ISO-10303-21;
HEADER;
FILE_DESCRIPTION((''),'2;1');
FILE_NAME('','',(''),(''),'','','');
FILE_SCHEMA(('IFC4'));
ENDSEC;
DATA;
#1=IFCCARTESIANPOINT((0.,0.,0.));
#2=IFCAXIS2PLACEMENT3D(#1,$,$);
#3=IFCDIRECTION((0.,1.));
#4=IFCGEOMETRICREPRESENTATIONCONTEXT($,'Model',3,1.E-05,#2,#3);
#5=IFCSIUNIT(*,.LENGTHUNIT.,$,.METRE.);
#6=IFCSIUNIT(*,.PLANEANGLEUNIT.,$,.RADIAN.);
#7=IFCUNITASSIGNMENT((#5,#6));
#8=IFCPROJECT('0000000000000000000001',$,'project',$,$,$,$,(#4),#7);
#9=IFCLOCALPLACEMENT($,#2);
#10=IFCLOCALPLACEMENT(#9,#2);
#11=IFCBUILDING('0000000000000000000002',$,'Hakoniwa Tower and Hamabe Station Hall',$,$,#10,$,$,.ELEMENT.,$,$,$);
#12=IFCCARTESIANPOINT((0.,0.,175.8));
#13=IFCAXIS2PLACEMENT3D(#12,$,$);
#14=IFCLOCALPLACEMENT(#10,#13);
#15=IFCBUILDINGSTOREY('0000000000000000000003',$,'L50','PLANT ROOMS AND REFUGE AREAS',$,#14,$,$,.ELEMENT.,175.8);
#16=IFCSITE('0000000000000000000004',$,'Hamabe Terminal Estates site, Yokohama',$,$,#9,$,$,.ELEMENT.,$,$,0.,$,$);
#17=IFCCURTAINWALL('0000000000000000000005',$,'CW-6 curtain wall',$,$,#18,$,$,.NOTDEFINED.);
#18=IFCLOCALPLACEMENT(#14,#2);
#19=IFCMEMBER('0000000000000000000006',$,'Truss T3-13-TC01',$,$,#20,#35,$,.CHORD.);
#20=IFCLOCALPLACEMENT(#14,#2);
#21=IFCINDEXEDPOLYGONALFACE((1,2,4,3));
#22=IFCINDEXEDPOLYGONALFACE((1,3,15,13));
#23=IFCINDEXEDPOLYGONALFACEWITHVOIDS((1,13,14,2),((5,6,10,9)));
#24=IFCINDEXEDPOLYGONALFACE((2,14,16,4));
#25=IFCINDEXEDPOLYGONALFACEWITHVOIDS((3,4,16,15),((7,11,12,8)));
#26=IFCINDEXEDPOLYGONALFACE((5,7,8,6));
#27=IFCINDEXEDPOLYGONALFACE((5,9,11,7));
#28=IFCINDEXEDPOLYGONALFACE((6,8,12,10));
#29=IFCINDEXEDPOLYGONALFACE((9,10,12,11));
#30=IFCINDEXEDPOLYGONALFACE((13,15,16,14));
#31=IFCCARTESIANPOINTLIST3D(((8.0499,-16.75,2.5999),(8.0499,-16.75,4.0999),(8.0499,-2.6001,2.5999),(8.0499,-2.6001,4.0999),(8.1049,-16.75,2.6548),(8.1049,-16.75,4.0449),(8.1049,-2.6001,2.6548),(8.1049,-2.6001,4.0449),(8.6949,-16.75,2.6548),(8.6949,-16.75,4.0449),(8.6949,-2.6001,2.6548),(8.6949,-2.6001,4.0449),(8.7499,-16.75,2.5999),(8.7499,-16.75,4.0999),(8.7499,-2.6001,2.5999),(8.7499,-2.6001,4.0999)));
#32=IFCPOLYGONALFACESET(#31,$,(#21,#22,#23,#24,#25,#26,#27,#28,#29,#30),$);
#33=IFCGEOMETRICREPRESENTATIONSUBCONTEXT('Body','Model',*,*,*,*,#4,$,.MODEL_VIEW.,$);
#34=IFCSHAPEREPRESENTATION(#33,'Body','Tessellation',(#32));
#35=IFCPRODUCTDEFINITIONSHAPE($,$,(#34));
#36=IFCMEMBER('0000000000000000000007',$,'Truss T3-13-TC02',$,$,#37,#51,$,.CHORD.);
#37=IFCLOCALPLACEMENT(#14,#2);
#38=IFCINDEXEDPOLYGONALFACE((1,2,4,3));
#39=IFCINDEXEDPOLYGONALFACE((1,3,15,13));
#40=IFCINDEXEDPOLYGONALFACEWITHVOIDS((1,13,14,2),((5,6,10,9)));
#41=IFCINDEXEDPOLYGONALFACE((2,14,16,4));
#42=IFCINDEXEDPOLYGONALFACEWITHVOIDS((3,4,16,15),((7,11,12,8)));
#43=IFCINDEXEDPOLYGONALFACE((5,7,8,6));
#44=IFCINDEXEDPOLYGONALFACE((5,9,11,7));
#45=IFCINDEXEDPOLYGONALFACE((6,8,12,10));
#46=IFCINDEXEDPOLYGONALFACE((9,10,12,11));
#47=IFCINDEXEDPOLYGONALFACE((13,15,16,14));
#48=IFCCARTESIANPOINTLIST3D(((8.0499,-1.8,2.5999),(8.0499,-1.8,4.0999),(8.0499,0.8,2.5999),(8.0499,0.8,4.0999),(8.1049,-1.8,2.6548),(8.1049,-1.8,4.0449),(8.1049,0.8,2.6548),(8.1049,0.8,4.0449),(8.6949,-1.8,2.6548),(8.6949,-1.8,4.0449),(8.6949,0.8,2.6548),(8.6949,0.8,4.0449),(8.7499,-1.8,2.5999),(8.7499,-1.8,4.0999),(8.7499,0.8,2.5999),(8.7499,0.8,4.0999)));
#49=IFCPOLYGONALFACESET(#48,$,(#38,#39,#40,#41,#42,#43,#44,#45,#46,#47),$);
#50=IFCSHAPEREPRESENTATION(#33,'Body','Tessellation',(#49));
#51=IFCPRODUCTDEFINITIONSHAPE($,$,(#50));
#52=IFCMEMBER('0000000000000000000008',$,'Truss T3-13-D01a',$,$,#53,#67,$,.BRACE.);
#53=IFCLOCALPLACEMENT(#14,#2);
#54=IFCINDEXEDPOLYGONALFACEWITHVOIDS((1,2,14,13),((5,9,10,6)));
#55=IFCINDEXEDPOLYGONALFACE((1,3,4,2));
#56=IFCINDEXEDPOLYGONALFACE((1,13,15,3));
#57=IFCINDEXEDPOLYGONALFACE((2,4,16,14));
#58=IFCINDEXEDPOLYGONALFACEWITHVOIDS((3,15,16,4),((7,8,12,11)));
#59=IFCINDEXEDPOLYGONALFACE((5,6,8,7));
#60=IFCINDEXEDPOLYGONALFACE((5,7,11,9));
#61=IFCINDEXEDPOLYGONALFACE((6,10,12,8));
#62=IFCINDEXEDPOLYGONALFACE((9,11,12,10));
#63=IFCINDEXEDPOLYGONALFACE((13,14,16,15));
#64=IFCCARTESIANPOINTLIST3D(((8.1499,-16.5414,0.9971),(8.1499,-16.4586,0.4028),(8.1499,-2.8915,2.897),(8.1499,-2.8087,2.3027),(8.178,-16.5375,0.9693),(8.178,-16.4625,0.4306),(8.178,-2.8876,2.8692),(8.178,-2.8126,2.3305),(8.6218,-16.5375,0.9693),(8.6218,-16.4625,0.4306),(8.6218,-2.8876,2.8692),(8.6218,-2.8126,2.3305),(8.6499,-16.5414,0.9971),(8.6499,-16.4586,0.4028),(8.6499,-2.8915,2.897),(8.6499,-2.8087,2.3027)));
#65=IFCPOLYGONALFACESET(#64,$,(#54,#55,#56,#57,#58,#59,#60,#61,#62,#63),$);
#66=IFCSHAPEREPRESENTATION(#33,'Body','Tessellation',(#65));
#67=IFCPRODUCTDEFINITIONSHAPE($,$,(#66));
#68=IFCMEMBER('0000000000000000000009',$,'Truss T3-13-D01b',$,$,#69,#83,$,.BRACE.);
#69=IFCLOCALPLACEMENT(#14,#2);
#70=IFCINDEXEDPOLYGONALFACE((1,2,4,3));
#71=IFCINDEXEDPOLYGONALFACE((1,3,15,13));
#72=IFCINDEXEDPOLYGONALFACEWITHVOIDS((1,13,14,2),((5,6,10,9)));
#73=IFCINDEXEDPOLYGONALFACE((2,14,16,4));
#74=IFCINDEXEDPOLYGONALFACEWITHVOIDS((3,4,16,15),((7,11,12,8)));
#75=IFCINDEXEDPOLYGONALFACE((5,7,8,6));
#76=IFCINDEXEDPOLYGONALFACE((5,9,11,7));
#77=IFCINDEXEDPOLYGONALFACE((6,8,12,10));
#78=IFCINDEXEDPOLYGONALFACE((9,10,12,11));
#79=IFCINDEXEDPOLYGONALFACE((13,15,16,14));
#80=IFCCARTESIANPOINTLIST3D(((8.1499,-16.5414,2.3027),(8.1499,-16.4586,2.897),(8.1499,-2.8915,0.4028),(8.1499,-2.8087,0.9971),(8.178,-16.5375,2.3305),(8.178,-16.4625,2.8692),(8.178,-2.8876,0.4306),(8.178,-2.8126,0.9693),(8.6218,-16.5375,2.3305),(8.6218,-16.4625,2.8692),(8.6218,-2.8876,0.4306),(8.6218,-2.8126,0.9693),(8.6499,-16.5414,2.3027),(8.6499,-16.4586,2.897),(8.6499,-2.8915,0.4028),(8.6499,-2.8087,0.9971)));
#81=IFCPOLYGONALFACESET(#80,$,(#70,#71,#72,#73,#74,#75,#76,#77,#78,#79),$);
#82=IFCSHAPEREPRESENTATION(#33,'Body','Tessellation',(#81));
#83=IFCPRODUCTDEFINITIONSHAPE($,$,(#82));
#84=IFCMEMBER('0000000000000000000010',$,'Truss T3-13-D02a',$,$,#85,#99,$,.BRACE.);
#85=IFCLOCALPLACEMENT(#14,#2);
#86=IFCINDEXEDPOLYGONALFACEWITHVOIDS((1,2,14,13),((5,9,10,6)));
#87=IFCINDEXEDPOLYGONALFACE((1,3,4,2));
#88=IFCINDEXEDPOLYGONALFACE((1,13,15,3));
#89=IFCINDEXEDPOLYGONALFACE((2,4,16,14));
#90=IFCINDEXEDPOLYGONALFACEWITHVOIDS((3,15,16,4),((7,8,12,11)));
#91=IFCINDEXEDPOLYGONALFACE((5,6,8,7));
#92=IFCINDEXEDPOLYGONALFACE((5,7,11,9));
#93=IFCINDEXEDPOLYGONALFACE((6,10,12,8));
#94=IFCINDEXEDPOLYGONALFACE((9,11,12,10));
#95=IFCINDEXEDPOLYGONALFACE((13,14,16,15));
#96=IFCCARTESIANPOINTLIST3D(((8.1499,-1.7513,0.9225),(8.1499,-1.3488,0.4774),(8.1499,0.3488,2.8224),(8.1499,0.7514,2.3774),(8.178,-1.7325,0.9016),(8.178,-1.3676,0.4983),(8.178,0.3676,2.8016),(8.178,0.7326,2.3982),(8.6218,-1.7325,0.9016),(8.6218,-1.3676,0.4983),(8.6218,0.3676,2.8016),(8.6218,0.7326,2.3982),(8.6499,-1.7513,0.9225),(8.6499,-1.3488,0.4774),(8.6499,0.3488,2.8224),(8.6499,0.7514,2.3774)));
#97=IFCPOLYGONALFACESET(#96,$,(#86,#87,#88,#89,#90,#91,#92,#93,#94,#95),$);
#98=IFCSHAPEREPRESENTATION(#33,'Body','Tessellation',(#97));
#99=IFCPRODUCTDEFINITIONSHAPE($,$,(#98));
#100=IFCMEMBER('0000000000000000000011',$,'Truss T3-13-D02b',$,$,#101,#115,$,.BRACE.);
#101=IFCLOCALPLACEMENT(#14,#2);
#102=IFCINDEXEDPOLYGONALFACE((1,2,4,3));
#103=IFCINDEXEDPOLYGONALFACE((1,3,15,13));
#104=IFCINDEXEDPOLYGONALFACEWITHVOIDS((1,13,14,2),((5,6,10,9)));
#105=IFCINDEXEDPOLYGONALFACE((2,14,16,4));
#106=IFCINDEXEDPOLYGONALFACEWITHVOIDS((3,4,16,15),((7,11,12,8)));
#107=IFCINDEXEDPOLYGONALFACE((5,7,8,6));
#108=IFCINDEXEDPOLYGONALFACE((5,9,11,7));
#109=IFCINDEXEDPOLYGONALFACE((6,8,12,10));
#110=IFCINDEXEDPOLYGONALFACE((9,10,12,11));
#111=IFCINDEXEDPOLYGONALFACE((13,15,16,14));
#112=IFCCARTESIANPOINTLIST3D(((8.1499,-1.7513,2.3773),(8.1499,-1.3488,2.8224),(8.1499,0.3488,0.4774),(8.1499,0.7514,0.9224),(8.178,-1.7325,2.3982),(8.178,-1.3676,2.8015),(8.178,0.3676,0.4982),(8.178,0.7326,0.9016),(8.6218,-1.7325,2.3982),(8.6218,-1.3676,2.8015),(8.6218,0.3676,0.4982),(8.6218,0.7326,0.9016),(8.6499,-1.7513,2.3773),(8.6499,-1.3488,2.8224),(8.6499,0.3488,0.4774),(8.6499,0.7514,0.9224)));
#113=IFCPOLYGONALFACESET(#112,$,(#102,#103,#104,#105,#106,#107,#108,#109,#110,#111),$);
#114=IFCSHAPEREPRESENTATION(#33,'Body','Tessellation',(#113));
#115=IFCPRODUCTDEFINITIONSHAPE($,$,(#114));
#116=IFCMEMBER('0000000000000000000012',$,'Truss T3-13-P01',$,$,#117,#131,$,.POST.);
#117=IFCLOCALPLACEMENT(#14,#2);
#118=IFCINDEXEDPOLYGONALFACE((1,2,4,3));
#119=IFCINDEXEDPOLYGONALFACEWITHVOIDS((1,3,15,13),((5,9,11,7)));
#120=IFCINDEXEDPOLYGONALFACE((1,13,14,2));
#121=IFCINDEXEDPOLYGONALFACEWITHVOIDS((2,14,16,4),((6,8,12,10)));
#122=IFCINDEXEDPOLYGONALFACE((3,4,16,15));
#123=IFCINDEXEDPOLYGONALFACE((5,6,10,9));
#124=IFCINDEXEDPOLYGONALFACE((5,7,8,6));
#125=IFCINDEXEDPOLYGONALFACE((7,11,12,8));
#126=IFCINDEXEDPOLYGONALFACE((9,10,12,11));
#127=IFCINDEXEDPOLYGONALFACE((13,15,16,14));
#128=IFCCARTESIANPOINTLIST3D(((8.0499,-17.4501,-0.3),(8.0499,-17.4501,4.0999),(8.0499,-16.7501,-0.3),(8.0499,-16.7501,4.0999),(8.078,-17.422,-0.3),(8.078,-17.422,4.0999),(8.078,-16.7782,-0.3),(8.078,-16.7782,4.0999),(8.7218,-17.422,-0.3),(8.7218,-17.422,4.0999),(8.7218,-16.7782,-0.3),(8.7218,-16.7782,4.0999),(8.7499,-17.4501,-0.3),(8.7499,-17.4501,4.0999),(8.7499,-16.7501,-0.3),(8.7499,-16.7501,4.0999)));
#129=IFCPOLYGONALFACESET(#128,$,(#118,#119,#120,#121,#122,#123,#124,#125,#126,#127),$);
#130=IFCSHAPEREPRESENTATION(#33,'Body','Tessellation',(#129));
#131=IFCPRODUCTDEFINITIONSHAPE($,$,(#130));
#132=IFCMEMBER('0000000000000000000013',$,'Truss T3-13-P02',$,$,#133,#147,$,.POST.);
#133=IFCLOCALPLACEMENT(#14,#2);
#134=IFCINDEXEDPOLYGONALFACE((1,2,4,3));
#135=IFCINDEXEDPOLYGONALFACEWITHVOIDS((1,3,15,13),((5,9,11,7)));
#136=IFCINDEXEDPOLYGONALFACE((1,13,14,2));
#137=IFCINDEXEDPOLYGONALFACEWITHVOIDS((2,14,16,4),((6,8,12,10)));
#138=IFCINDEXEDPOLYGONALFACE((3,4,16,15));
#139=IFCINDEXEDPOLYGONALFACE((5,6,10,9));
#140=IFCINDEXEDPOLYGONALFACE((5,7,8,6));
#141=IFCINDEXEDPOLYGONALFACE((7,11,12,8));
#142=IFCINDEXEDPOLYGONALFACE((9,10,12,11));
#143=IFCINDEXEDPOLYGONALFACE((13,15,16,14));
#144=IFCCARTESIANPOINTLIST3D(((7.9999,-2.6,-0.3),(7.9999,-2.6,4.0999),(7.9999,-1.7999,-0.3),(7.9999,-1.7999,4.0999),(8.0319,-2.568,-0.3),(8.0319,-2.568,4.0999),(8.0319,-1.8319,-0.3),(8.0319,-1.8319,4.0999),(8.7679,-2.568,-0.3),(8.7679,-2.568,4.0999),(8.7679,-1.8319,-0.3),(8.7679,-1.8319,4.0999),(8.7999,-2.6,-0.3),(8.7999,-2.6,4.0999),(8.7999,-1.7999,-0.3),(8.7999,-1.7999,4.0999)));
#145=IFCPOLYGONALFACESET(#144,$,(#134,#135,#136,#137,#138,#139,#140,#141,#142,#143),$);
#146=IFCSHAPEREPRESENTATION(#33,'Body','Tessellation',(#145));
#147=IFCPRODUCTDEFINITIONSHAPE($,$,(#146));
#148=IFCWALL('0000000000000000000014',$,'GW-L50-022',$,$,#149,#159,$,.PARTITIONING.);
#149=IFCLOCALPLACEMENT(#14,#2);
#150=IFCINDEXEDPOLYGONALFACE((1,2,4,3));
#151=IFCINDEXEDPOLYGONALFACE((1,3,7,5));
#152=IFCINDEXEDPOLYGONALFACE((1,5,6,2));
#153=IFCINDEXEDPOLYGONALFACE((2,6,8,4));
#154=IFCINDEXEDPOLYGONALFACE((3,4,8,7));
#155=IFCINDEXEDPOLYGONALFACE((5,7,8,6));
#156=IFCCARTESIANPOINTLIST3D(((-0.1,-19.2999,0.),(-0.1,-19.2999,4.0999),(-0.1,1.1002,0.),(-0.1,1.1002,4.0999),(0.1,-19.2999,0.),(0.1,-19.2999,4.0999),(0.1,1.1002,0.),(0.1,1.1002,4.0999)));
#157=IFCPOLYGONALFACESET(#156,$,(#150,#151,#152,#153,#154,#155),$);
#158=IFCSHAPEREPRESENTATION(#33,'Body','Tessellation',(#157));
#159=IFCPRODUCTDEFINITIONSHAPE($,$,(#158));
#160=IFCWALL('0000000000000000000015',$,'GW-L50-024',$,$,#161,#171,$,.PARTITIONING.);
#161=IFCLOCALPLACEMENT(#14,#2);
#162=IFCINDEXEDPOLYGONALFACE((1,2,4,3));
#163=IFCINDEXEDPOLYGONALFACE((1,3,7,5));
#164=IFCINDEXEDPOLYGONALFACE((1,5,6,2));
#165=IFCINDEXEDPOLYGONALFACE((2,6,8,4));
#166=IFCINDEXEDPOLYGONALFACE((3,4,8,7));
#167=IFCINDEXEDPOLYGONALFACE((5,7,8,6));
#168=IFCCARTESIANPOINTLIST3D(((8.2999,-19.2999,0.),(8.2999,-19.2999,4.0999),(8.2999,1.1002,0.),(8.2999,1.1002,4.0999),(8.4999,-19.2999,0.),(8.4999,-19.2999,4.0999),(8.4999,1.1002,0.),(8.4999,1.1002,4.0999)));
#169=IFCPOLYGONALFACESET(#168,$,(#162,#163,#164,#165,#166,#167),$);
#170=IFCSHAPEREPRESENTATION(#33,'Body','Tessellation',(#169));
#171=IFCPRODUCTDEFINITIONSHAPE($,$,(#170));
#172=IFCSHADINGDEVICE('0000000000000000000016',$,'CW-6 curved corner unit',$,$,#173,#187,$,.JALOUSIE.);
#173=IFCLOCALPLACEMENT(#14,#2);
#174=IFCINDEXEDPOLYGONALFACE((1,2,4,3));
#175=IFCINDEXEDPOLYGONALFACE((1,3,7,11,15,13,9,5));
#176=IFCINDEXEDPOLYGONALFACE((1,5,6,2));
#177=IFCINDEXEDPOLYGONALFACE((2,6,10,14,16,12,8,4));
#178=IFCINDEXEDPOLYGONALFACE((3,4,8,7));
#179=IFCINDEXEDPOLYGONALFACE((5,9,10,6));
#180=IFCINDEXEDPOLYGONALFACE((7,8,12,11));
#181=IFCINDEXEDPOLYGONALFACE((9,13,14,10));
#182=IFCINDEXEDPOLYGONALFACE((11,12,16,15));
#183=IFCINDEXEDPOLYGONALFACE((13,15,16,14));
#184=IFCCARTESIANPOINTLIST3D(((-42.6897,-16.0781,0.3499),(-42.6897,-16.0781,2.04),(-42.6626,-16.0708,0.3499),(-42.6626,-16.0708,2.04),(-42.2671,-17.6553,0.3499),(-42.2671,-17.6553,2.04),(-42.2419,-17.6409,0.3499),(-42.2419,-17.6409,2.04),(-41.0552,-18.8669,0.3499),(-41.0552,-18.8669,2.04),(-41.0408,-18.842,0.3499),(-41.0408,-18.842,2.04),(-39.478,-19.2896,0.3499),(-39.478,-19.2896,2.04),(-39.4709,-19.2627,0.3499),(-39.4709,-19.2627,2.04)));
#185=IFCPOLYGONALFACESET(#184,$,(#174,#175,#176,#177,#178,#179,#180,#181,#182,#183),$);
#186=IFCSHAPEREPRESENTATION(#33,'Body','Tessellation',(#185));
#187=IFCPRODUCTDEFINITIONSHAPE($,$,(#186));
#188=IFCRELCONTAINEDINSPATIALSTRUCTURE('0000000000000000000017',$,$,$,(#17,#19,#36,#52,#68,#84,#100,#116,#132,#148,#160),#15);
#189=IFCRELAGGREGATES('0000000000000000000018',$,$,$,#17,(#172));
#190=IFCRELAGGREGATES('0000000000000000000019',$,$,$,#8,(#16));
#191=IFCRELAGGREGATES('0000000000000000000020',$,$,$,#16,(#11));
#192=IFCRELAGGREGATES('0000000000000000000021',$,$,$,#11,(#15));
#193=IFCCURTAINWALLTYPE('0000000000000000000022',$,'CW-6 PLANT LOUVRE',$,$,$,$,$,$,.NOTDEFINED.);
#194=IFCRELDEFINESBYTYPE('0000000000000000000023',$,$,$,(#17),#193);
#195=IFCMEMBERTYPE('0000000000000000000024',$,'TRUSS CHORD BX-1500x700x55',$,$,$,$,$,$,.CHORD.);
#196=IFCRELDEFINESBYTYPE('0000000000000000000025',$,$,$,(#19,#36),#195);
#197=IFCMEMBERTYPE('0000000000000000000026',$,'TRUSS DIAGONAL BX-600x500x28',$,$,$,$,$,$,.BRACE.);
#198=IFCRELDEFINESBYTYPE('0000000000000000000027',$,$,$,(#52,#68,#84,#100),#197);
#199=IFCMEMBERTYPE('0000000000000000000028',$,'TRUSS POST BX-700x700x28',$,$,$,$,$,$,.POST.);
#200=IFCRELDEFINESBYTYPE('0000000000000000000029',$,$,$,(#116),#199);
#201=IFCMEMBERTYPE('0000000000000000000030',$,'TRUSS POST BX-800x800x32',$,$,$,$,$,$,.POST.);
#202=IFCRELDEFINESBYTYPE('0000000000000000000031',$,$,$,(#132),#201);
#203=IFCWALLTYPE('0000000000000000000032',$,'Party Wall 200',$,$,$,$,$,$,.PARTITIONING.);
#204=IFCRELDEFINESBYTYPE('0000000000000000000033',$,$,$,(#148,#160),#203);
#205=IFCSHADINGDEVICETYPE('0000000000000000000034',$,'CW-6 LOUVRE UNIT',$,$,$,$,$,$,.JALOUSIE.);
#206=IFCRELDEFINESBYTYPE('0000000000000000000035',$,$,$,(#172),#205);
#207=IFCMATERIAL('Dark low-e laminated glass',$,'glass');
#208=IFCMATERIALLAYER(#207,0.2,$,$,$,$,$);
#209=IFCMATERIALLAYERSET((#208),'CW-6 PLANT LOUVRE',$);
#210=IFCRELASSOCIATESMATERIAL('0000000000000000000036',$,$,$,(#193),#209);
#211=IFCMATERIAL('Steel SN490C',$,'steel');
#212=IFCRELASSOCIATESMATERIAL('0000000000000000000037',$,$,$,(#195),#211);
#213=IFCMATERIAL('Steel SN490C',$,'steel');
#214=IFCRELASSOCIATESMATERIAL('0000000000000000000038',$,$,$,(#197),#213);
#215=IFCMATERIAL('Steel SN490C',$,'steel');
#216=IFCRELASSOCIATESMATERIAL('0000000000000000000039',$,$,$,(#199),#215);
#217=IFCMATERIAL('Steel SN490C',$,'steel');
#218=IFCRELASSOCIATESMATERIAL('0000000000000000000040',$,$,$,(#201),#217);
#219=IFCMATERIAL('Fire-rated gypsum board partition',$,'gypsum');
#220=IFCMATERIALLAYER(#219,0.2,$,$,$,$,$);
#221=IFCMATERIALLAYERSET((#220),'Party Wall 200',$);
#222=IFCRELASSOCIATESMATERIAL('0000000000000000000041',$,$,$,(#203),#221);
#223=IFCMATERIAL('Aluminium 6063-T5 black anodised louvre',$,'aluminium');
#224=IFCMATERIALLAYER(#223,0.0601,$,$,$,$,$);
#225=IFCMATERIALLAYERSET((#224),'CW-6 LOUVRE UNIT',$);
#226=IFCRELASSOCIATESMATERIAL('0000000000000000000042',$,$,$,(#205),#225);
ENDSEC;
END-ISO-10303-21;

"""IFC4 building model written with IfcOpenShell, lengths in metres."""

from ifc_helpers import new_model, si_unit, direction, frame, frame_2d, origin, origin_2d, place, context, subcontext, project, spatial, polyline, rectangle, hollow_rectangle, outline, extrude, material, layer, layer_set, material_profile, profile_set, type_object, element, aggregate, save


model = new_model("IFC4")

# Units and contexts
model_context = context("Model", 3, precision=1e-05, world=origin(), true_north=direction((0.0, 1.0)))
body_context = subcontext(model_context, "Body", "Model", "MODEL_VIEW")
ifc_project = project(units=[si_unit("LENGTHUNIT", "METRE"), si_unit("PLANEANGLEUNIT", "RADIAN")], contexts=[model_context])

# Site, building, storey
site_placement = place(None, origin())
site = spatial("IfcSite", under=ifc_project, at=site_placement, Name="Hamabe Terminal Estates site, Yokohama", CompositionType="ELEMENT", RefElevation=0.0)
building_placement = place(site_placement, origin())
building = spatial("IfcBuilding", under=site, at=building_placement, Name="Hakoniwa Tower and Hamabe Station Hall", CompositionType="ELEMENT")
storey_placement = place(building_placement, frame((0.0, 0.0, 175.8)))
storey = spatial("IfcBuildingStorey", under=building, at=storey_placement, Name="L50", Description="PLANT ROOMS AND REFUGE AREAS", CompositionType="ELEMENT", Elevation=175.8)

# Shared definitions
ifc_material_1 = material(Name="Dark low-e laminated glass", Category="glass")
ifc_layer_1 = layer(ifc_material_1, 0.2)
ifc_layer_set_1 = layer_set([ifc_layer_1], Name="CW-6 PLANT LOUVRE")
curtain_wall_type = type_object("IfcCurtainWallType", Name="CW-6 PLANT LOUVRE", PredefinedType="NOTDEFINED", material=ifc_layer_set_1)

# Curtain wall
curtain_wall_1_placement = place(storey_placement, origin())
curtain_wall_1 = element("IfcCurtainWall", 1, at=curtain_wall_1_placement, inside=storey, type_object=curtain_wall_type, Name="CW-6 curtain wall", PredefinedType="NOTDEFINED")

# Members
ifc_material_2 = material(Name="Steel SN490C", Category="steel")
ifc_material_profile_1 = material_profile(ifc_material_2, hollow_rectangle(XDim=0.7, YDim=1.5, WallThickness=0.0549, at=origin_2d()), Name="BX-1500x700x55")
ifc_profile_set_1 = profile_set([ifc_material_profile_1], Name="Steel SN490C")
member_type_1 = type_object("IfcMemberType", Name="TRUSS CHORD BX-1500x700x55", PredefinedType="CHORD", material=ifc_profile_set_1)
member_1_placement = place(storey_placement, frame((8.3999, -16.75, 3.3499), z_axis=(0.0, 1.0, 0.0), x_axis=(-1.0, 0.0, 0.0)))
element("IfcMember", 2, at=member_1_placement, inside=storey, type_object=member_type_1, Name="Truss T3-13-TC01", PredefinedType="CHORD", context=body_context, shape_type="SweptSolid", body=[
    extrude(hollow_rectangle(XDim=0.7, YDim=1.5, WallThickness=0.0549, at=origin_2d()), origin(), (0.0, 0.0, 1.0), 14.1499),
])
member_2_placement = place(storey_placement, frame((8.3999, -1.8, 3.3499), z_axis=(0.0, 1.0, 0.0), x_axis=(-1.0, 0.0, 0.0)))
element("IfcMember", 3, at=member_2_placement, inside=storey, type_object=member_type_1, Name="Truss T3-13-TC02", PredefinedType="CHORD", context=body_context, shape_type="SweptSolid", body=[
    extrude(hollow_rectangle(XDim=0.7, YDim=1.5, WallThickness=0.0549, at=origin_2d()), origin(), (0.0, 0.0, 1.0), 2.6001),
])
ifc_material_3 = material(Name="Steel SN490C", Category="steel")
ifc_material_profile_2 = material_profile(ifc_material_3, hollow_rectangle(XDim=0.5, YDim=0.6001, WallThickness=0.0281, at=origin_2d()), Name="BX-600x500x28")
ifc_profile_set_2 = profile_set([ifc_material_profile_2], Name="Steel SN490C")
member_type_2 = type_object("IfcMemberType", Name="TRUSS DIAGONAL BX-600x500x28", PredefinedType="BRACE", material=ifc_profile_set_2)
for number, where, z_axis, x_axis, name in (
    (4, (8.3999, -16.5, 0.7), (0.0, 0.990452, 0.137859), (-1.0, 0.0, 0.0), "Truss T3-13-D01a"),
    (5, (8.3999, -16.5, 2.5999), (0.0, 0.990452, -0.137859), (-1.0, 0.0, 0.0), "Truss T3-13-D01b"),
):
    element("IfcMember", number, at=place(storey_placement, frame(where, z_axis=z_axis, x_axis=x_axis)), inside=storey, type_object=member_type_2, Name=name, PredefinedType="BRACE", context=body_context, shape_type="SweptSolid", body=[
        extrude(hollow_rectangle(XDim=0.5, YDim=0.6001, WallThickness=0.0281, at=origin_2d()), origin(), (0.0, 0.0, 1.0), 13.7815),
    ])
for number, where, z_axis, x_axis, name in (
    (6, (8.3999, -1.55, 0.7), (0.0, 0.741568, 0.670877), (-1.0, 0.0, 0.0), "Truss T3-13-D02a"),
    (7, (8.3999, -1.55, 2.5999), (0.0, 0.741568, -0.670877), (-1.0, 0.0, 0.0), "Truss T3-13-D02b"),
):
    element("IfcMember", number, at=place(storey_placement, frame(where, z_axis=z_axis, x_axis=x_axis)), inside=storey, type_object=member_type_2, Name=name, PredefinedType="BRACE", context=body_context, shape_type="SweptSolid", body=[
        extrude(hollow_rectangle(XDim=0.5, YDim=0.6001, WallThickness=0.0281, at=origin_2d()), origin(), (0.0, 0.0, 1.0), 2.832),
    ])
ifc_material_4 = material(Name="Steel SN490C", Category="steel")
ifc_material_profile_3 = material_profile(ifc_material_4, hollow_rectangle(XDim=0.7, YDim=0.7, WallThickness=0.0281, at=origin_2d()), Name="BX-700x700x28")
ifc_profile_set_3 = profile_set([ifc_material_profile_3], Name="Steel SN490C")
member_type_3 = type_object("IfcMemberType", Name="TRUSS POST BX-700x700x28", PredefinedType="POST", material=ifc_profile_set_3)
member_3_placement = place(storey_placement, frame((8.3999, -17.1001, -0.3), z_axis=(0.0, 0.0, 1.0), x_axis=(1.0, 0.0, 0.0)))
element("IfcMember", 8, at=member_3_placement, inside=storey, type_object=member_type_3, Name="Truss T3-13-P01", PredefinedType="POST", context=body_context, shape_type="SweptSolid", body=[
    extrude(hollow_rectangle(XDim=0.7, YDim=0.7, WallThickness=0.0281, at=origin_2d()), origin(), (0.0, 0.0, 1.0), 4.3999),
])
ifc_material_5 = material(Name="Steel SN490C", Category="steel")
ifc_material_profile_4 = material_profile(ifc_material_5, hollow_rectangle(XDim=0.8, YDim=0.8, WallThickness=0.032, at=origin_2d()), Name="BX-800x800x32")
ifc_profile_set_4 = profile_set([ifc_material_profile_4], Name="Steel SN490C")
member_type_4 = type_object("IfcMemberType", Name="TRUSS POST BX-800x800x32", PredefinedType="POST", material=ifc_profile_set_4)
member_4_placement = place(storey_placement, frame((8.3999, -2.2, -0.3), z_axis=(0.0, 0.0, 1.0), x_axis=(1.0, 0.0, 0.0)))
element("IfcMember", 9, at=member_4_placement, inside=storey, type_object=member_type_4, Name="Truss T3-13-P02", PredefinedType="POST", context=body_context, shape_type="SweptSolid", body=[
    extrude(hollow_rectangle(XDim=0.8, YDim=0.8, WallThickness=0.032, at=origin_2d()), origin(), (0.0, 0.0, 1.0), 4.3999),
])

# Walls
ifc_material_6 = material(Name="Fire-rated gypsum board partition", Category="gypsum")
ifc_layer_2 = layer(ifc_material_6, 0.2)
ifc_layer_set_2 = layer_set([ifc_layer_2], Name="Party Wall 200")
wall_type = type_object("IfcWallType", Name="Party Wall 200", PredefinedType="PARTITIONING", material=ifc_layer_set_2)
for number, where, z_axis, x_axis, name in (
    (10, (0.0, -19.3, 0.0), (0.0, 0.0, 1.0), (0.0, 1.0, 0.0), "GW-L50-022"),
    (11, (8.3999, -19.3, 0.0), (0.0, 0.0, 1.0), (0.0, 1.0, 0.0), "GW-L50-024"),
):
    element("IfcWall", number, at=place(storey_placement, frame(where, z_axis=z_axis, x_axis=x_axis)), inside=storey, type_object=wall_type, Name=name, PredefinedType="PARTITIONING", context=body_context, shape_type="SweptSolid", body=[
        extrude(rectangle(XDim=20.4001, YDim=0.2, at=frame_2d((10.2002, 0.0))), origin(), (0.0, 0.0, 1.0), 4.0999),
    ])

# Shading device
ifc_material_7 = material(Name="Aluminium 6063-T5 black anodised louvre", Category="aluminium")
ifc_layer_3 = layer(ifc_material_7, 0.0601)
ifc_layer_set_3 = layer_set([ifc_layer_3], Name="CW-6 LOUVRE UNIT")
shading_device_type = type_object("IfcShadingDeviceType", Name="CW-6 LOUVRE UNIT", PredefinedType="JALOUSIE", material=ifc_layer_set_3)
shading_device_1_placement = place(storey_placement, frame((0.0, 0.0, 0.3499)))
shading_device_1 = element("IfcShadingDevice", 12, at=shading_device_1_placement, type_object=shading_device_type, Name="CW-6 curved corner unit", PredefinedType="JALOUSIE", context=body_context, shape_type="SweptSolid", body=[
    extrude(outline(polyline([(-42.6897, -16.0781), (-42.2671, -17.6553), (-41.0552, -18.8669), (-39.478, -19.2896), (-39.4709, -19.2627), (-41.0408, -18.842), (-42.2419, -17.6409), (-42.6626, -16.0708), (-42.6897, -16.0781)])), origin(), (0.0, 0.0, 1.0), 1.6902),
])
aggregate(curtain_wall_1, [shading_device_1])

save(model, "model.ifc")
